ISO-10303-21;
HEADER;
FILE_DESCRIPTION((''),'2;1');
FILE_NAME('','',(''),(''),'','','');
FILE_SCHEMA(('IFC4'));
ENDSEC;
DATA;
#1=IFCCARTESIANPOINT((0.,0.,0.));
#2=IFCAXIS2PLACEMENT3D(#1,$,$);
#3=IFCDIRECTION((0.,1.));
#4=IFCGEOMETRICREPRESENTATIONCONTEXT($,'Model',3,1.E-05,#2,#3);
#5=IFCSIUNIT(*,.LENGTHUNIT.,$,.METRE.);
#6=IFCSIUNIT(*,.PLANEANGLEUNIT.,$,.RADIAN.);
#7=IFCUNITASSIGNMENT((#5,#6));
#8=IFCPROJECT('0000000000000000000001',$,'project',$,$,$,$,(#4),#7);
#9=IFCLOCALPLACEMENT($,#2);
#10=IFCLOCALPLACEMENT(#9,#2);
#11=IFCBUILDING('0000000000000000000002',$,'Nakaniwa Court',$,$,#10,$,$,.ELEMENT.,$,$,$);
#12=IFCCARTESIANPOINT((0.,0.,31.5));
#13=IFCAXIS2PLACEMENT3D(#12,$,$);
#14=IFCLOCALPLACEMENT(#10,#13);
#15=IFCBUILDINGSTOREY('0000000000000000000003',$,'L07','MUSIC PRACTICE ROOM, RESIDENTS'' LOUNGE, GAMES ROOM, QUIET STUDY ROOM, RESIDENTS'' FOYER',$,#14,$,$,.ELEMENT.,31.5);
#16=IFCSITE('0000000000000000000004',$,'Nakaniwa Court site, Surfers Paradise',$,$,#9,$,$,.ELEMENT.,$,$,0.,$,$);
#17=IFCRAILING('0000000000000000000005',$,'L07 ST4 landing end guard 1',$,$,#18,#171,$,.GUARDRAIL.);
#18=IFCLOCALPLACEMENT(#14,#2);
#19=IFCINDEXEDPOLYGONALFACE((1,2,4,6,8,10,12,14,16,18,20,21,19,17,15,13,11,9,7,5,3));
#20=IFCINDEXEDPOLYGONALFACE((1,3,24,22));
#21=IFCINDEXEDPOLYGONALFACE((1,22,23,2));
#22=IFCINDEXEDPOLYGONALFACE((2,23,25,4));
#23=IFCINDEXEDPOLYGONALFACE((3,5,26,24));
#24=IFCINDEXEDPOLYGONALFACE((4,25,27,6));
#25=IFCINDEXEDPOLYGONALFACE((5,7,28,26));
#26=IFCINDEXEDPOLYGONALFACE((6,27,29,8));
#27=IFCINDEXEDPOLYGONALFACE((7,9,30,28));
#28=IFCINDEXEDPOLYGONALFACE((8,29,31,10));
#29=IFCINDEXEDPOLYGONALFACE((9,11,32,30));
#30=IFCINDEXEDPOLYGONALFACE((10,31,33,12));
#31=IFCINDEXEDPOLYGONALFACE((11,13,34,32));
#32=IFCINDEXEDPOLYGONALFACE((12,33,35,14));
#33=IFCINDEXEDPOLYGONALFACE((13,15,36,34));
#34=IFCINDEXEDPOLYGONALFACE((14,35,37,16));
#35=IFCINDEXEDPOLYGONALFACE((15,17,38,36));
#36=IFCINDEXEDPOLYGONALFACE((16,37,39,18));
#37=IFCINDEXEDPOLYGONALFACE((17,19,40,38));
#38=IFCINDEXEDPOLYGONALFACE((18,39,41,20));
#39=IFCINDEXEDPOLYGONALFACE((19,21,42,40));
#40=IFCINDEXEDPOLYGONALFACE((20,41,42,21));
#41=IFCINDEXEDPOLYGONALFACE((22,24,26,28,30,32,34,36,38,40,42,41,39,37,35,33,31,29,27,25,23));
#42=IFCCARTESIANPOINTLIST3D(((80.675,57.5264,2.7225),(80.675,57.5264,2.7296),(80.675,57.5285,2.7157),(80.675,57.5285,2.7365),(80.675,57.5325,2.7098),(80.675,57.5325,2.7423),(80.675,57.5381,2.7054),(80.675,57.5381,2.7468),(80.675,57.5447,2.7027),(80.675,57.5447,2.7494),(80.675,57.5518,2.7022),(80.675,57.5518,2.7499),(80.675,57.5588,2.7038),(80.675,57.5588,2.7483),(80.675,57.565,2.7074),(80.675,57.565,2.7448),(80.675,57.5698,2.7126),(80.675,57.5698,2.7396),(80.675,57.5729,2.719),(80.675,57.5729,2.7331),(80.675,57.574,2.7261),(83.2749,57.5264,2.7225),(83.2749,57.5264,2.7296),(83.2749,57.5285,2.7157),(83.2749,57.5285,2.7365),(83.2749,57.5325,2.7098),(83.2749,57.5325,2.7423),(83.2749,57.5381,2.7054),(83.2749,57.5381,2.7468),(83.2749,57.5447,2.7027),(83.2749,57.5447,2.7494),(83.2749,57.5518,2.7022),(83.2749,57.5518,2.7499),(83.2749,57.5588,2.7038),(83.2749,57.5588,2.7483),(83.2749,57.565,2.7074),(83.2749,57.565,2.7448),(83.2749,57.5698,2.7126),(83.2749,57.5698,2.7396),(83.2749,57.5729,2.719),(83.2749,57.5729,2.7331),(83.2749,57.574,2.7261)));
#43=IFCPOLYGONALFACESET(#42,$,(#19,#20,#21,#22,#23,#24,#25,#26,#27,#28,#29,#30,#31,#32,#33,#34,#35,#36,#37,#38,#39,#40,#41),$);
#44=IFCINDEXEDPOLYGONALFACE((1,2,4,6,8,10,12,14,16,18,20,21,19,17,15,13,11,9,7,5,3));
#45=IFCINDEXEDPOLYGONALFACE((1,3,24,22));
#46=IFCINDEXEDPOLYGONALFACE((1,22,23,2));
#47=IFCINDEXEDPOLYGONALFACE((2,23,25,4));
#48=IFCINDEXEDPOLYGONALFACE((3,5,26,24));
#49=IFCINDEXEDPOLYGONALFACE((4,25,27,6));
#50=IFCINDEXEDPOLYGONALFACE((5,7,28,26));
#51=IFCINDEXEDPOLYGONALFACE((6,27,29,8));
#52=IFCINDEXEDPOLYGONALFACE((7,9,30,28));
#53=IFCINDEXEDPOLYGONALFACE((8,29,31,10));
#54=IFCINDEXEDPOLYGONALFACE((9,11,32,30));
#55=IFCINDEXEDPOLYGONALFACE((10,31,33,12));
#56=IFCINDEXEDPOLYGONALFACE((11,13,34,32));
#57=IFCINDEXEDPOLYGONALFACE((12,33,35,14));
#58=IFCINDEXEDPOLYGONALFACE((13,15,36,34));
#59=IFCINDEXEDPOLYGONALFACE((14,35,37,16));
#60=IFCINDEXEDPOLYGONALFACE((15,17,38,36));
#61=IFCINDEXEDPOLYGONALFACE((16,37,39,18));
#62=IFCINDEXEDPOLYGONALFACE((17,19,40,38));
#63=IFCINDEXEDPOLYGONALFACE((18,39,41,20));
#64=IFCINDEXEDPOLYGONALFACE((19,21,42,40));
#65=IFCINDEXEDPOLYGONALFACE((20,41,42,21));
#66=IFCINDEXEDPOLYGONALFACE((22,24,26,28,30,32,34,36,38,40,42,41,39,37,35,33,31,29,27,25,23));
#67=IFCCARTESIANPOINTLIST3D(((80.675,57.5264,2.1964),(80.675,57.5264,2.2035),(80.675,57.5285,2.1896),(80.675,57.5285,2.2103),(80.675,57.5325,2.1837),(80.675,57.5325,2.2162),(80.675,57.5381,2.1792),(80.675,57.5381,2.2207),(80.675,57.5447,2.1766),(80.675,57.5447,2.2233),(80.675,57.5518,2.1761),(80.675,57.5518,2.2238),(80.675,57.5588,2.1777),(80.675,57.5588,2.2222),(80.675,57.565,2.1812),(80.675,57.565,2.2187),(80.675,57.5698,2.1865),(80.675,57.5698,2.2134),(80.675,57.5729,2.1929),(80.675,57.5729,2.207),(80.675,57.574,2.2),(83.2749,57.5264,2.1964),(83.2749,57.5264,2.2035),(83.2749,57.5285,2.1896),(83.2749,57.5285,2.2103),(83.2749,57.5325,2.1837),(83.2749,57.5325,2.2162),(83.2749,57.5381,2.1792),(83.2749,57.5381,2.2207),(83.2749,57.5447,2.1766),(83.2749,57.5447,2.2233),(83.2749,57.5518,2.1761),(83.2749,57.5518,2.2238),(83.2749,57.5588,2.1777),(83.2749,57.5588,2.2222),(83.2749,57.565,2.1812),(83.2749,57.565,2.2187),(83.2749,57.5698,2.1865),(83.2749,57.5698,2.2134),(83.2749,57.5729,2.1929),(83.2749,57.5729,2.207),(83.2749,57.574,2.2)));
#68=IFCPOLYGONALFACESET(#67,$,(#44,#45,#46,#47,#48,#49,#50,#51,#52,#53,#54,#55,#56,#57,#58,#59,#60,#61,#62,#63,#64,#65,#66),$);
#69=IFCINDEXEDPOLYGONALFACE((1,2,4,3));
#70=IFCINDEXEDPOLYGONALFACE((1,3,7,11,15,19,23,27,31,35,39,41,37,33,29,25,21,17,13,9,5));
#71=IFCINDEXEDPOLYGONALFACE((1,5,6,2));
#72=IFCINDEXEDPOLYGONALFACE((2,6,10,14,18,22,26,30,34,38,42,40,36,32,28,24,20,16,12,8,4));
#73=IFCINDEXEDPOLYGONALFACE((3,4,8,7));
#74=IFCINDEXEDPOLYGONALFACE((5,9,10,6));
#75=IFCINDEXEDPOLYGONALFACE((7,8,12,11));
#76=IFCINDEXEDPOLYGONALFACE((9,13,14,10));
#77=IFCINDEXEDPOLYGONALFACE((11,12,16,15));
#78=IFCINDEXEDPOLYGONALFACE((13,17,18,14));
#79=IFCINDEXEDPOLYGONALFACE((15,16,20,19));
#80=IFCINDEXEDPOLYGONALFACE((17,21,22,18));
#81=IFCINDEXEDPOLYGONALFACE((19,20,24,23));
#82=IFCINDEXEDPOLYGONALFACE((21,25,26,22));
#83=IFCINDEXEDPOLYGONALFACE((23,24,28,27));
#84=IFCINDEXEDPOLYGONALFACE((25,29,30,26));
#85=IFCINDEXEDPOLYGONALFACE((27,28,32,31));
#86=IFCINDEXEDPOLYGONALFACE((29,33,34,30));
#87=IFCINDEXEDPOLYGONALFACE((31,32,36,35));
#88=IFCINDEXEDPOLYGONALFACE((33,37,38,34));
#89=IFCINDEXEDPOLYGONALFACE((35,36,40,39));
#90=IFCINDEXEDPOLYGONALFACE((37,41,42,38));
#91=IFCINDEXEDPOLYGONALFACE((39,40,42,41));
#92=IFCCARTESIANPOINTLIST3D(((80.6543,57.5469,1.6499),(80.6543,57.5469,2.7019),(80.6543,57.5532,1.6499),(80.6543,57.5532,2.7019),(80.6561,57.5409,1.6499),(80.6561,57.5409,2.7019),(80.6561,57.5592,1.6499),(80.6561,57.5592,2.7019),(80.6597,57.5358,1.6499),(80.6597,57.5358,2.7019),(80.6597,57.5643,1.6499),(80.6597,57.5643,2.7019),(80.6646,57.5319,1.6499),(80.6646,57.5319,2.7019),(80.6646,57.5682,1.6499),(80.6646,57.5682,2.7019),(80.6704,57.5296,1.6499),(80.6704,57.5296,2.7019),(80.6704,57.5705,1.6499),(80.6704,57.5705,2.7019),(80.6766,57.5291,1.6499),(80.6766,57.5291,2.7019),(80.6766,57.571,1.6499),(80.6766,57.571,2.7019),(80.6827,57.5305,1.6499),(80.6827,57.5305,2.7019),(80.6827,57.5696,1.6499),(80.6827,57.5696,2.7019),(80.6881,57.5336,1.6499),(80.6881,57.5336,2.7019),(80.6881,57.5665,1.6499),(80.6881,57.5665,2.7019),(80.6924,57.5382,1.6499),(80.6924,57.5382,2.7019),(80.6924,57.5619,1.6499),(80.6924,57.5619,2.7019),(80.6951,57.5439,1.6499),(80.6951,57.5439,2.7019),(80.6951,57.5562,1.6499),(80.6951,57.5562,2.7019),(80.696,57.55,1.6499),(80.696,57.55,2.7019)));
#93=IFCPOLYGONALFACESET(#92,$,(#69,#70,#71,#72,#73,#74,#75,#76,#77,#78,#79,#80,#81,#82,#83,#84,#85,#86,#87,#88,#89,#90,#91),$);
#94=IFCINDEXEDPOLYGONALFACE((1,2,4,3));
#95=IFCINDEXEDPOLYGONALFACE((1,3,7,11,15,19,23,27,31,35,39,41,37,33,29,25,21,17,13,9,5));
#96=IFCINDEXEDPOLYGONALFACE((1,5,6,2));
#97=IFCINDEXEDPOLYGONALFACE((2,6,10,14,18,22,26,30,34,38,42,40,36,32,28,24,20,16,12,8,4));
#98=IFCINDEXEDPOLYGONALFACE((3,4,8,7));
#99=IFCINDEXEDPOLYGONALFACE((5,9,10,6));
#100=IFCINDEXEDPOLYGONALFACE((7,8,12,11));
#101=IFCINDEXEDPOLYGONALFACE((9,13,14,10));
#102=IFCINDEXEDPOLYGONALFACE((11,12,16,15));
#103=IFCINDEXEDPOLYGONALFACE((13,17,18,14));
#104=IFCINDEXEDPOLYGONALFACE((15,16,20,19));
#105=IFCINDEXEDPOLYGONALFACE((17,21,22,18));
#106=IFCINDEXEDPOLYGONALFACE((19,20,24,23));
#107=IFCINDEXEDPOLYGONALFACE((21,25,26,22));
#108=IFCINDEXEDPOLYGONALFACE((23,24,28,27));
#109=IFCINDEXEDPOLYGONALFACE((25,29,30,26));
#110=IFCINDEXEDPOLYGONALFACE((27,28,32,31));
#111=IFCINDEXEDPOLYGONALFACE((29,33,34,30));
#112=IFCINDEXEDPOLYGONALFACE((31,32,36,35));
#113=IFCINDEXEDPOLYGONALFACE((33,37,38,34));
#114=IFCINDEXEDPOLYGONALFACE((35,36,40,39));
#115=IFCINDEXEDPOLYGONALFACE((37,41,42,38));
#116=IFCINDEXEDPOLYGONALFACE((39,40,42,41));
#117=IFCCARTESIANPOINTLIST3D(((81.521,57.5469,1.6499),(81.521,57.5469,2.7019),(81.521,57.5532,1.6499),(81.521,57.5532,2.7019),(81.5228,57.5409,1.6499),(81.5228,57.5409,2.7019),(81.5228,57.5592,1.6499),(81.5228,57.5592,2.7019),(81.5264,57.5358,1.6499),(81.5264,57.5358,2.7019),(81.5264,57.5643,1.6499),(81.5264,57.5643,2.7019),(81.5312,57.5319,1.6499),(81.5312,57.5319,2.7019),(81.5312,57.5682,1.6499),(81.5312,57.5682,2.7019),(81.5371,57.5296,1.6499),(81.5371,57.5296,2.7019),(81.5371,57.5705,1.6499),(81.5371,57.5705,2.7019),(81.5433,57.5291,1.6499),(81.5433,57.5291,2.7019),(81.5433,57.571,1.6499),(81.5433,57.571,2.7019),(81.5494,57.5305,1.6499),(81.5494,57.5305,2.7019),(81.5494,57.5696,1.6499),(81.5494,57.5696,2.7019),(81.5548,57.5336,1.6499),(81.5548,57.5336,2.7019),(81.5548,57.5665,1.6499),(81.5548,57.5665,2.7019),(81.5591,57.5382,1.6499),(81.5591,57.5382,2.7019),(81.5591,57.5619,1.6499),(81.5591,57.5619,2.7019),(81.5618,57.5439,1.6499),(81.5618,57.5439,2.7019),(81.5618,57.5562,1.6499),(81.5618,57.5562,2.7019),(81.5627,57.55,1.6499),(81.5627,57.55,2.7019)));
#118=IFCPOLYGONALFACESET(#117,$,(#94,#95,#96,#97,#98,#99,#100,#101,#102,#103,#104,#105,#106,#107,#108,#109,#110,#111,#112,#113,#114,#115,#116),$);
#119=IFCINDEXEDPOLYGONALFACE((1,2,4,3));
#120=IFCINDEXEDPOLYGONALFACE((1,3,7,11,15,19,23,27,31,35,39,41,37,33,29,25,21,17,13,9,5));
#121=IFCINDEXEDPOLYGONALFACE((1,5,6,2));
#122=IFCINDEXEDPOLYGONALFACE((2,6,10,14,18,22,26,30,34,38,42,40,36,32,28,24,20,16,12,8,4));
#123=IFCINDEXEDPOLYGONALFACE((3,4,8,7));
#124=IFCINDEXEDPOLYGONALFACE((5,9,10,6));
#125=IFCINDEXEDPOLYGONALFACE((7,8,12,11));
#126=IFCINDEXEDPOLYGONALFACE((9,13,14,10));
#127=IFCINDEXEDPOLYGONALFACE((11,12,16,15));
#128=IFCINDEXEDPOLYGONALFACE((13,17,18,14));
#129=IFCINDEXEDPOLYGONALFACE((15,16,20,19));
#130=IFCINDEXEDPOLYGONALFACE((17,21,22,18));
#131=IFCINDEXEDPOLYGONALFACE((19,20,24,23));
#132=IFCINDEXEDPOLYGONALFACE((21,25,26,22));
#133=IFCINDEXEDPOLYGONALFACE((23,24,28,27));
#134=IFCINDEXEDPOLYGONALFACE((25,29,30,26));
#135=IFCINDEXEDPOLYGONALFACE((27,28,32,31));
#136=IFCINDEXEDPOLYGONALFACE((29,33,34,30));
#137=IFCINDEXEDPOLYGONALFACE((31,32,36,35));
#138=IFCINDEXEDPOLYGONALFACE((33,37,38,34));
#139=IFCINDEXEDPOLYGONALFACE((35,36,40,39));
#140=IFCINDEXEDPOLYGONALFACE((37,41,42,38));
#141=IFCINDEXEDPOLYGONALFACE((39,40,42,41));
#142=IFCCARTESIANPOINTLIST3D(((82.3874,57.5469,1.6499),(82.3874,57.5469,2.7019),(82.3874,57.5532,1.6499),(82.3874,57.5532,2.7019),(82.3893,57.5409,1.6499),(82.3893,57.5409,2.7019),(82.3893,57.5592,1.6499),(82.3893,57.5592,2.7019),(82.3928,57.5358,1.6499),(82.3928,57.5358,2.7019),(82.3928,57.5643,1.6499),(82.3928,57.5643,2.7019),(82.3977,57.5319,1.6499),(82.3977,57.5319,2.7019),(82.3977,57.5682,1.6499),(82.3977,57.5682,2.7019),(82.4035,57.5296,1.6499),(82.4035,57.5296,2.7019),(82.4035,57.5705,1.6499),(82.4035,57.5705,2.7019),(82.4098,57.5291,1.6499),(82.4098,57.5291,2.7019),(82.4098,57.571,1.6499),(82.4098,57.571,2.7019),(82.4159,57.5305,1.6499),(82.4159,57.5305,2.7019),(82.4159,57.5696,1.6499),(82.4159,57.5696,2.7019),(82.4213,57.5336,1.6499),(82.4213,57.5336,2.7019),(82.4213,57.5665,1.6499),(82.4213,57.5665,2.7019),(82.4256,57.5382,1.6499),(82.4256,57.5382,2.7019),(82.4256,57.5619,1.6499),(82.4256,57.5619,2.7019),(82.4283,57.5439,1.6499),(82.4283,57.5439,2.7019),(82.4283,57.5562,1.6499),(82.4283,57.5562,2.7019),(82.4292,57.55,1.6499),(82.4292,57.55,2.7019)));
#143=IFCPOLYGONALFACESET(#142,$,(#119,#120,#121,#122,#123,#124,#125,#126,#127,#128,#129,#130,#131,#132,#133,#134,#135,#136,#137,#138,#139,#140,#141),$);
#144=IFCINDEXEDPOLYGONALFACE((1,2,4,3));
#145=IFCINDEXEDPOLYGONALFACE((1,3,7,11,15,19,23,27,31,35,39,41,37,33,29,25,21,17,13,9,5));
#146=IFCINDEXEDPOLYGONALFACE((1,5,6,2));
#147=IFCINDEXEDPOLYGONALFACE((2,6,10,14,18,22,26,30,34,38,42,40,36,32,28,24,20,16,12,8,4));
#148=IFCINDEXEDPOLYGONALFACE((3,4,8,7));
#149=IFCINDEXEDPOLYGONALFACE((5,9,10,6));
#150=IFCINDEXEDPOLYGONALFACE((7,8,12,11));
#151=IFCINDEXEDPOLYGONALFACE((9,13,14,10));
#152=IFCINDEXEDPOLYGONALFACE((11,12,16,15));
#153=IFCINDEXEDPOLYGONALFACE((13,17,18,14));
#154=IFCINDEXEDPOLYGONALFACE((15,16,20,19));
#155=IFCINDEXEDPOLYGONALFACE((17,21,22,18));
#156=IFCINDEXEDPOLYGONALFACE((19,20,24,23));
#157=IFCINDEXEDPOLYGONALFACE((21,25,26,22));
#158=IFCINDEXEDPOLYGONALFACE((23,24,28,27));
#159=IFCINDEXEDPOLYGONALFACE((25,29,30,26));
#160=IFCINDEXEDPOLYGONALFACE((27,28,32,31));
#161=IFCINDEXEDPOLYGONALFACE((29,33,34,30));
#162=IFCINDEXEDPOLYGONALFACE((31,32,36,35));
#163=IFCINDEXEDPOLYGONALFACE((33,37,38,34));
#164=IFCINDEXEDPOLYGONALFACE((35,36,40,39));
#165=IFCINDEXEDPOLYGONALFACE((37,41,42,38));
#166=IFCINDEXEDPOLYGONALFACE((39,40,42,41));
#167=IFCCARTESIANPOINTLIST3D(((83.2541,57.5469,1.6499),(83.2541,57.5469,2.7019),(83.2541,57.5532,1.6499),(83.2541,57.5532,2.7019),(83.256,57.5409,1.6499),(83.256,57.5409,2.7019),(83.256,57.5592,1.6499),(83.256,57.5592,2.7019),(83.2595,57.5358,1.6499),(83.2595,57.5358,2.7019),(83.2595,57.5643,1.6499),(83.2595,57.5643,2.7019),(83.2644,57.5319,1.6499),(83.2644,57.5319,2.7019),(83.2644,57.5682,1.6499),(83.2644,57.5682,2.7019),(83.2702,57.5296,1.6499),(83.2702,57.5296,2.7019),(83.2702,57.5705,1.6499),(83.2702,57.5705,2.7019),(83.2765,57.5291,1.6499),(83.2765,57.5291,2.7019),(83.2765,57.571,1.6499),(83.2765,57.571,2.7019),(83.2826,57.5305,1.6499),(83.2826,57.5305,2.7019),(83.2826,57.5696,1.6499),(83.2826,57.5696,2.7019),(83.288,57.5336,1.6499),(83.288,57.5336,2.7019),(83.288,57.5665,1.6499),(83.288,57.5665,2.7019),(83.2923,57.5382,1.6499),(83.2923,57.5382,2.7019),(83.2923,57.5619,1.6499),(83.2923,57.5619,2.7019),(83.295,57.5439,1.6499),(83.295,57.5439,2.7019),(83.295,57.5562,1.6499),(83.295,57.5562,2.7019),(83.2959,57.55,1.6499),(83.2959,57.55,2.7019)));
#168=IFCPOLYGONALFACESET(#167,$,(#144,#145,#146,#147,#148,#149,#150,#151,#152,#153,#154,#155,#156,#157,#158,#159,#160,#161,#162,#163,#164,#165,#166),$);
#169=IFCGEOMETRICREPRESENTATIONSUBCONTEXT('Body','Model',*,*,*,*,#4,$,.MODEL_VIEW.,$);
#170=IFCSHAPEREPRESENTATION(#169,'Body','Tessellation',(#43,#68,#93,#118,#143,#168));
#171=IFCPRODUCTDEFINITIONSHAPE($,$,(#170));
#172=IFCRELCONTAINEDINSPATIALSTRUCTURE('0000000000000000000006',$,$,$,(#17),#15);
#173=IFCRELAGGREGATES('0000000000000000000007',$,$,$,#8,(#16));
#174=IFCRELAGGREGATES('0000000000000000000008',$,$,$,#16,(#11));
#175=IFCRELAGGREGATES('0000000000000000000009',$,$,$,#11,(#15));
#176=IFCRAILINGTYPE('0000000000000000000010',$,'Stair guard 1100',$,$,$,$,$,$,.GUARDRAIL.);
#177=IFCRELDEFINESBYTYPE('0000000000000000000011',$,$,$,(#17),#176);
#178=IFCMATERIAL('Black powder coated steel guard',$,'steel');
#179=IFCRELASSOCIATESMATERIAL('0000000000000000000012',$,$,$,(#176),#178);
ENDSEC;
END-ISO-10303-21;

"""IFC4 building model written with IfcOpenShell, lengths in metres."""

from ifc_helpers import new_model, si_unit, direction, frame, origin, origin_2d, place, context, subcontext, project, spatial, circle, extrude, material, type_object, element, save


model = new_model("IFC4")

# Units and contexts
model_context = context("Model", 3, precision=1e-05, world=origin(), true_north=direction((0.0, 1.0)))
body_context = subcontext(model_context, "Body", "Model", "MODEL_VIEW")
ifc_project = project(units=[si_unit("LENGTHUNIT", "METRE"), si_unit("PLANEANGLEUNIT", "RADIAN")], contexts=[model_context])

# Site, building, storey
site_placement = place(None, origin())
site = spatial("IfcSite", under=ifc_project, at=site_placement, Name="Nakaniwa Court site, Surfers Paradise", CompositionType="ELEMENT", RefElevation=0.0)
building_placement = place(site_placement, origin())
building = spatial("IfcBuilding", under=site, at=building_placement, Name="Nakaniwa Court", CompositionType="ELEMENT")
storey_placement = place(building_placement, frame((0.0, 0.0, 31.5)))
storey = spatial("IfcBuildingStorey", under=building, at=storey_placement, Name="L07", Description="MUSIC PRACTICE ROOM, RESIDENTS' LOUNGE, GAMES ROOM, QUIET STUDY ROOM, RESIDENTS' FOYER", CompositionType="ELEMENT", Elevation=31.5)

# Railing
ifc_material_1 = material(Name="Black powder coated steel guard", Category="steel")
railing_type_1 = type_object("IfcRailingType", Name="Stair guard 1100", PredefinedType="GUARDRAIL", material=ifc_material_1)
railing_1_placement = place(storey_placement, frame((80.675, 57.55, 1.6499)))
element("IfcRailing", 1, at=railing_1_placement, inside=storey, type_object=railing_type_1, Name="L07 ST4 landing end guard 1", PredefinedType="GUARDRAIL", context=body_context, shape_type="SweptSolid", body=[
    extrude(circle(Radius=0.0239, at=origin_2d()), frame((0.0, 0.0, 1.0762), z_axis=(1.0, 0.0, 0.0), x_axis=(0.0, 1.0, 0.0)), (0.0, 0.0, 1.0), 2.5999),
    extrude(circle(Radius=0.0239, at=origin_2d()), frame((0.0, 0.0, 0.55), z_axis=(1.0, 0.0, 0.0), x_axis=(0.0, 1.0, 0.0)), (0.0, 0.0, 1.0), 2.5999),
    extrude(circle(Radius=0.021, at=origin_2d()), origin(), (0.0, 0.0, 1.0), 1.052),
    extrude(circle(Radius=0.021, at=origin_2d()), frame((0.8667, 0.0, 0.0)), (0.0, 0.0, 1.0), 1.052),
    extrude(circle(Radius=0.021, at=origin_2d()), frame((1.7332, 0.0, 0.0)), (0.0, 0.0, 1.0), 1.052),
    extrude(circle(Radius=0.021, at=origin_2d()), frame((2.5999, 0.0, 0.0)), (0.0, 0.0, 1.0), 1.052),
])

save(model, "model.ifc")
